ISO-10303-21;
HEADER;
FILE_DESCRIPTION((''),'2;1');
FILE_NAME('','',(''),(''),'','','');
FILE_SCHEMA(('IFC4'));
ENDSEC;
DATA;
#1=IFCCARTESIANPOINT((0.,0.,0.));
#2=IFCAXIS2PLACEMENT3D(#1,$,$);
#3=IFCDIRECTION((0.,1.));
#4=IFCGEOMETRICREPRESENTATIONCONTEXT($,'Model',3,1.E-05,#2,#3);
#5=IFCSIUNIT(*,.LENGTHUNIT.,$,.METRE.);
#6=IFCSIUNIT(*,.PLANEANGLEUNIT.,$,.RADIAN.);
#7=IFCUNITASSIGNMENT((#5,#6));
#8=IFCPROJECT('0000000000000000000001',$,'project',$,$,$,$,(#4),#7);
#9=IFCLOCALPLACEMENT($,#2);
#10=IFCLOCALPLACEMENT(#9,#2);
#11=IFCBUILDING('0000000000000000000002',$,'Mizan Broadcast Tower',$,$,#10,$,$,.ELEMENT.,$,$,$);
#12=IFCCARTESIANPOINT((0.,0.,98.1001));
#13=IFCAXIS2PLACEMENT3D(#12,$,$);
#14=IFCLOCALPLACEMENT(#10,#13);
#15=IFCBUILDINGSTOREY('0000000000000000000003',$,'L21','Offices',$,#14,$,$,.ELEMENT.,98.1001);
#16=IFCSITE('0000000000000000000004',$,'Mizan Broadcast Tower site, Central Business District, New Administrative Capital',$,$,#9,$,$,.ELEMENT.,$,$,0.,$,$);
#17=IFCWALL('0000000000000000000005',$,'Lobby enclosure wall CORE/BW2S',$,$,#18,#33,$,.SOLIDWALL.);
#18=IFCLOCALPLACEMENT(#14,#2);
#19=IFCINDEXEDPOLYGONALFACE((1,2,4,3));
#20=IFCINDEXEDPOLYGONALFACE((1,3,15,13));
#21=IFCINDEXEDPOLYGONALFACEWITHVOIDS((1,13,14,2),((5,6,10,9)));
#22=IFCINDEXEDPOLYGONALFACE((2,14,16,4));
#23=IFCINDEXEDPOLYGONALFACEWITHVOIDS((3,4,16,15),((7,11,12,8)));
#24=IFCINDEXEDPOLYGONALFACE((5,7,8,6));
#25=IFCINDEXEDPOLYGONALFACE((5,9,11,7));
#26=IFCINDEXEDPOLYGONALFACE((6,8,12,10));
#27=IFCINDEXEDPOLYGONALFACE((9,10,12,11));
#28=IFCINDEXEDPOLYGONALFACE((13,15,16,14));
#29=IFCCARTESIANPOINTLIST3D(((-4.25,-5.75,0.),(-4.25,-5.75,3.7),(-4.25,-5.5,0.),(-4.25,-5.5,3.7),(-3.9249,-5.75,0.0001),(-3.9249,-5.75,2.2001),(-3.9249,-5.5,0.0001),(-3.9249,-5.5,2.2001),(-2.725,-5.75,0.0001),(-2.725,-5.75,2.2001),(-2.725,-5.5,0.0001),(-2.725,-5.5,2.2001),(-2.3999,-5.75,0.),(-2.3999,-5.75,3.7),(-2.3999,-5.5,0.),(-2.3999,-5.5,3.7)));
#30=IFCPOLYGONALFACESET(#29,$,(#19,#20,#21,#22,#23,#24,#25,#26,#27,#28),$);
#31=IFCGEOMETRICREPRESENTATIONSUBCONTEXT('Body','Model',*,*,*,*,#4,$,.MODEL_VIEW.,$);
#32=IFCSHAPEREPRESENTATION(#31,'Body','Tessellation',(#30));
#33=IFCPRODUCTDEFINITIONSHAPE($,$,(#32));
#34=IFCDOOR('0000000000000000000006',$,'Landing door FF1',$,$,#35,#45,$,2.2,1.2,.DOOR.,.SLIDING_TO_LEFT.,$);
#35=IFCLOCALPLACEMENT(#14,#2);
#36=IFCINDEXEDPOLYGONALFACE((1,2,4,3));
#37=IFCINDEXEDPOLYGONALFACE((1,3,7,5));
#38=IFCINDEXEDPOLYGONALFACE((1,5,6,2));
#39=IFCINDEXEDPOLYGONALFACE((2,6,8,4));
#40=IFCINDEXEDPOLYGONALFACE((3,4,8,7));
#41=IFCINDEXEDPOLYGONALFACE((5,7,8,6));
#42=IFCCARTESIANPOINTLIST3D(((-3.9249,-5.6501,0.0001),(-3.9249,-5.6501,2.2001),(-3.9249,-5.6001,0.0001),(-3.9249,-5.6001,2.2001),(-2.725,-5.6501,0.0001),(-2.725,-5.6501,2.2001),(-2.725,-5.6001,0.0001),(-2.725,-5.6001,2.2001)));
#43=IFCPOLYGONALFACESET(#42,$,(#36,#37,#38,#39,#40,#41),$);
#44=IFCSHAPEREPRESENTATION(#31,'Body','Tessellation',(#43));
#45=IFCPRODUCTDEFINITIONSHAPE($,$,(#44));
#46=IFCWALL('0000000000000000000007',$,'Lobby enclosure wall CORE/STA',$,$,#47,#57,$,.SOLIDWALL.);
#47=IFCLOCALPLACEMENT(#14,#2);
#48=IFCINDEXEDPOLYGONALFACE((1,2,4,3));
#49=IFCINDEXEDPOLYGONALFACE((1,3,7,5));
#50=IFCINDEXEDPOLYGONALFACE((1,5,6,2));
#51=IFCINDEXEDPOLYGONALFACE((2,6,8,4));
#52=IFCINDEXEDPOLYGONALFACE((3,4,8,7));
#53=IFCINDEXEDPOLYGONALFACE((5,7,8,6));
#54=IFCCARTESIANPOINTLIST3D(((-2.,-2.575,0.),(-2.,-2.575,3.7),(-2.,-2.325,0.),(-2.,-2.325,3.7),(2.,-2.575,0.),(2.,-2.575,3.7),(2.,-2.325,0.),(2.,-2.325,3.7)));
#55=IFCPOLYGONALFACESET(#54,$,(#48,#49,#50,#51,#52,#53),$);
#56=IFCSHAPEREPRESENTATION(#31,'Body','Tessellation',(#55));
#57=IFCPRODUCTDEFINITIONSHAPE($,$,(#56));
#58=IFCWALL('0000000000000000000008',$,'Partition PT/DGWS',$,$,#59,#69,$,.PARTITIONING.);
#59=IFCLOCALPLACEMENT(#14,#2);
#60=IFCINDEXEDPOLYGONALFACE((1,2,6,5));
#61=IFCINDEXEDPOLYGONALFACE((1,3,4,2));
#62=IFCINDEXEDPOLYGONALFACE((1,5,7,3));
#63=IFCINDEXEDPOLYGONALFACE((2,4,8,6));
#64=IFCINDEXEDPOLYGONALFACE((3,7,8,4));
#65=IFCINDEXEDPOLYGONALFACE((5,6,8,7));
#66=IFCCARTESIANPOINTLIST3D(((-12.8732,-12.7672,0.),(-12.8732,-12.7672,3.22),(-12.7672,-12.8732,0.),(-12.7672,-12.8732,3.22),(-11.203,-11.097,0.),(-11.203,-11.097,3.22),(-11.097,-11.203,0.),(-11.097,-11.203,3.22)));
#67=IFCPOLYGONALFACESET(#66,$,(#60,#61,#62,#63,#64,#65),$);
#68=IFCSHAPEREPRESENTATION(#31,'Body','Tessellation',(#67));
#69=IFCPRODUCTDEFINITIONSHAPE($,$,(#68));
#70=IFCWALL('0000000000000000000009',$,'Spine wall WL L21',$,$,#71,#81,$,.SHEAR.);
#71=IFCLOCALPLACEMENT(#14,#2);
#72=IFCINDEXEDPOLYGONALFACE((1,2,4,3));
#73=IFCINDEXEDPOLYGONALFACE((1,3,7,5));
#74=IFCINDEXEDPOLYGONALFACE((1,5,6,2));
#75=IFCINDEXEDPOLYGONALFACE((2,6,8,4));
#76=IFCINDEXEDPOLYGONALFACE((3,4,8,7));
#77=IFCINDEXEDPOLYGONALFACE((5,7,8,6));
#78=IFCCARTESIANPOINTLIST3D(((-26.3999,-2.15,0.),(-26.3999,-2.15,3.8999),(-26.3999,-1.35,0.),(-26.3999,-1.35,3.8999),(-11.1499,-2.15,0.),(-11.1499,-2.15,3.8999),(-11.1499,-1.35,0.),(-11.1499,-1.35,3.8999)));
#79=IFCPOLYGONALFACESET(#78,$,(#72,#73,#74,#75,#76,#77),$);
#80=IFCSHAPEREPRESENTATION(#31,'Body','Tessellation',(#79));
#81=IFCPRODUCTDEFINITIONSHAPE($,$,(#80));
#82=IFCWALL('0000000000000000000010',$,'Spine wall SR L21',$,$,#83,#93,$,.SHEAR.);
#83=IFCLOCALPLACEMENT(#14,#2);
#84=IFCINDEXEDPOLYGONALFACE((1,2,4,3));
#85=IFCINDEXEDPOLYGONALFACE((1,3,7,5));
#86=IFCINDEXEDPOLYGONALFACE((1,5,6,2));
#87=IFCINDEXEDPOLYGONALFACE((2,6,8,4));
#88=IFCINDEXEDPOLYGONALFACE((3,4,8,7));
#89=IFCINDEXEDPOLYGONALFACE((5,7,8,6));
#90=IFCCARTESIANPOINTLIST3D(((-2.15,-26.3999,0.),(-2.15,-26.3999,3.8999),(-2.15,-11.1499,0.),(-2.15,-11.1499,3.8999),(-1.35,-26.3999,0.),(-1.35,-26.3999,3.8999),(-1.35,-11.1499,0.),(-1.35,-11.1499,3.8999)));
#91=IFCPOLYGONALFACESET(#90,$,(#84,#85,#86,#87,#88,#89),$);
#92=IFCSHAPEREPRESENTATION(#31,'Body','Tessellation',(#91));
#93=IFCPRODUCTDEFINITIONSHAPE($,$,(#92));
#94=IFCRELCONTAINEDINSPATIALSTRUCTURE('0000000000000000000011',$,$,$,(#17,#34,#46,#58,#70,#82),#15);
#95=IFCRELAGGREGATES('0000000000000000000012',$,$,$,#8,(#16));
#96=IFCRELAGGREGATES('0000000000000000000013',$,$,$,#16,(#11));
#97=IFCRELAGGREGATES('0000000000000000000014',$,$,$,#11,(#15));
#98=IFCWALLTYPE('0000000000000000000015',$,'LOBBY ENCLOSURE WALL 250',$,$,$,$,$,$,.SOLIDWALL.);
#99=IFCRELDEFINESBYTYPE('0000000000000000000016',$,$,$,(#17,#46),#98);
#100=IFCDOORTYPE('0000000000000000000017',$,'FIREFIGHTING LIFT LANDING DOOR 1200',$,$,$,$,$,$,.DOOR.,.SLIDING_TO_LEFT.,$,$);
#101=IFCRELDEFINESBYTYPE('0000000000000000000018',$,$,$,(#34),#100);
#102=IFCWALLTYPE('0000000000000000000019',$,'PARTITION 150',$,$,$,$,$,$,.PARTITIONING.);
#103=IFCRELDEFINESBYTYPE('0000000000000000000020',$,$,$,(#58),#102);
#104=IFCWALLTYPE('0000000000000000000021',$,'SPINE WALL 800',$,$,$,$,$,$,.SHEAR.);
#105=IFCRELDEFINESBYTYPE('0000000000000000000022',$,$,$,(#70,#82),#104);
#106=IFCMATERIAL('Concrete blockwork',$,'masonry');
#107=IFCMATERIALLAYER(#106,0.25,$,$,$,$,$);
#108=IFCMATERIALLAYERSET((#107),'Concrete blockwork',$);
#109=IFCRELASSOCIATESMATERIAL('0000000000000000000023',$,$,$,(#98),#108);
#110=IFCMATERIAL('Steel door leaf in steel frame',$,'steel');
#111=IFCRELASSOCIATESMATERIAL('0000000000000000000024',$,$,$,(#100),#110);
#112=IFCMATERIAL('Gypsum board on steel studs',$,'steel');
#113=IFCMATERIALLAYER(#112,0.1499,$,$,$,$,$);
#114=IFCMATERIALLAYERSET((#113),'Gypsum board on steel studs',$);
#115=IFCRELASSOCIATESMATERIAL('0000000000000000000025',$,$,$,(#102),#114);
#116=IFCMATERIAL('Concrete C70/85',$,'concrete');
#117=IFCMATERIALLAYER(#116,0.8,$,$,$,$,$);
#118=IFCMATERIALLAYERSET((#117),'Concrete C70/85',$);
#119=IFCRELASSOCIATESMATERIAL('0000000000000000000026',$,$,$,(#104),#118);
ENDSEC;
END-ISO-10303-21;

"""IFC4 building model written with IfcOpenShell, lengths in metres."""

from ifc_helpers import new_model, si_unit, direction, frame, frame_2d, origin, place, context, subcontext, project, spatial, rectangle, extrude, material, layer, layer_set, type_object, element, fill, save


model = new_model("IFC4")

# Units and contexts
model_context = context("Model", 3, precision=1e-05, world=origin(), true_north=direction((0.0, 1.0)))
body_context = subcontext(model_context, "Body", "Model", "MODEL_VIEW")
ifc_project = project(units=[si_unit("LENGTHUNIT", "METRE"), si_unit("PLANEANGLEUNIT", "RADIAN")], contexts=[model_context])

# Site, building, storey
site_placement = place(None, origin())
site = spatial("IfcSite", under=ifc_project, at=site_placement, Name="Mizan Broadcast Tower site, Central Business District, New Administrative Capital", CompositionType="ELEMENT", RefElevation=0.0)
building_placement = place(site_placement, origin())
building = spatial("IfcBuilding", under=site, at=building_placement, Name="Mizan Broadcast Tower", CompositionType="ELEMENT")
storey_placement = place(building_placement, frame((0.0, 0.0, 98.1001)))
storey = spatial("IfcBuildingStorey", under=building, at=storey_placement, Name="L21", Description="Offices", CompositionType="ELEMENT", Elevation=98.1001)

# Shared definitions
ifc_material_1 = material(Name="Concrete blockwork", Category="masonry")
ifc_layer_1 = layer(ifc_material_1, 0.25)
ifc_layer_set_1 = layer_set([ifc_layer_1], Name="Concrete blockwork")
wall_type_1 = type_object("IfcWallType", Name="LOBBY ENCLOSURE WALL 250", PredefinedType="SOLIDWALL", material=ifc_layer_set_1)

# Wall, opening, door
wall_1_placement = place(storey_placement, frame((-4.25, -5.625, 0.0), z_axis=(0.0, 0.0, 1.0), x_axis=(1.0, 0.0, 0.0)))
wall_1 = element("IfcWall", 1, at=wall_1_placement, inside=storey, type_object=wall_type_1, Name="Lobby enclosure wall CORE/BW2S", PredefinedType="SOLIDWALL", context=body_context, shape_type="SweptSolid", body=[
    extrude(rectangle(XDim=1.8501, YDim=0.25, at=frame_2d((0.925, 0.0))), origin(), (0.0, 0.0, 1.0), 3.7),
])
opening_1_placement = place(wall_1_placement, frame((0.325, 0.0, 0.0)))
opening_1 = element("IfcOpeningElement", 2, at=opening_1_placement, cuts=wall_1, PredefinedType="OPENING", context=body_context, shape_type="SweptSolid", body=[
    extrude(rectangle(XDim=1.2, YDim=2.2, at=frame_2d((0.6001, 1.1001))), frame((0.0, 0.135, 0.0), z_axis=(0.0, -1.0, 0.0), x_axis=(1.0, 0.0, 0.0)), (0.0, 0.0, 1.0), 0.27),
])
ifc_material_2 = material(Name="Steel door leaf in steel frame", Category="steel")
door_type_1 = type_object("IfcDoorType", Name="FIREFIGHTING LIFT LANDING DOOR 1200", OperationType="SLIDING_TO_LEFT", PredefinedType="DOOR", material=ifc_material_2)
door_1_placement = place(opening_1_placement, origin())
door_1 = element("IfcDoor", 3, at=door_1_placement, inside=storey, type_object=door_type_1, Name="Landing door FF1", OperationType="SLIDING_TO_LEFT", OverallHeight=2.2, OverallWidth=1.2, PredefinedType="DOOR", context=body_context, shape_type="SweptSolid", body=[
    extrude(rectangle(XDim=1.2, YDim=2.2, at=frame_2d((0.6001, 1.1001))), frame((0.0, 0.0249, 0.0), z_axis=(0.0, -1.0, 0.0), x_axis=(1.0, 0.0, 0.0)), (0.0, 0.0, 1.0), 0.05),
])
fill(opening_1, door_1)

# Walls
wall_2_placement = place(storey_placement, frame((-2.0, -2.45, 0.0), z_axis=(0.0, 0.0, 1.0), x_axis=(1.0, 0.0, 0.0)))
element("IfcWall", 4, at=wall_2_placement, inside=storey, type_object=wall_type_1, Name="Lobby enclosure wall CORE/STA", PredefinedType="SOLIDWALL", context=body_context, shape_type="SweptSolid", body=[
    extrude(rectangle(XDim=4.0, YDim=0.25, at=frame_2d((2.0, 0.0))), origin(), (0.0, 0.0, 1.0), 3.7),
])
ifc_material_3 = material(Name="Gypsum board on steel studs", Category="steel")
ifc_layer_2 = layer(ifc_material_3, 0.1499)
ifc_layer_set_2 = layer_set([ifc_layer_2], Name="Gypsum board on steel studs")
wall_type_2 = type_object("IfcWallType", Name="PARTITION 150", PredefinedType="PARTITIONING", material=ifc_layer_set_2)
wall_3_placement = place(storey_placement, frame((-11.1499, -11.1499, 0.0), z_axis=(0.0, 0.0, 1.0), x_axis=(-0.707107, -0.707107, 0.0)))
element("IfcWall", 5, at=wall_3_placement, inside=storey, type_object=wall_type_2, Name="Partition PT/DGWS", PredefinedType="PARTITIONING", context=body_context, shape_type="SweptSolid", body=[
    extrude(rectangle(XDim=2.3621, YDim=0.1499, at=frame_2d((1.1812, 0.0))), origin(), (0.0, 0.0, 1.0), 3.22),
])
ifc_material_4 = material(Name="Concrete C70/85", Category="concrete")
ifc_layer_3 = layer(ifc_material_4, 0.8)
ifc_layer_set_3 = layer_set([ifc_layer_3], Name="Concrete C70/85")
wall_type_3 = type_object("IfcWallType", Name="SPINE WALL 800", PredefinedType="SHEAR", material=ifc_layer_set_3)
for number, where, z_axis, x_axis, name in (
    (6, (-11.1499, -1.75, 0.0), (0.0, 0.0, 1.0), (-1.0, 0.0, 0.0), "Spine wall WL L21"),
    (7, (-1.75, -11.1499, 0.0), (0.0, 0.0, 1.0), (0.0, -1.0, 0.0), "Spine wall SR L21"),
):
    element("IfcWall", number, at=place(storey_placement, frame(where, z_axis=z_axis, x_axis=x_axis)), inside=storey, type_object=wall_type_3, Name=name, PredefinedType="SHEAR", context=body_context, shape_type="SweptSolid", body=[
        extrude(rectangle(XDim=15.25, YDim=0.8, at=frame_2d((7.625, 0.0))), origin(), (0.0, 0.0, 1.0), 3.8999),
    ])

save(model, "model.ifc")
